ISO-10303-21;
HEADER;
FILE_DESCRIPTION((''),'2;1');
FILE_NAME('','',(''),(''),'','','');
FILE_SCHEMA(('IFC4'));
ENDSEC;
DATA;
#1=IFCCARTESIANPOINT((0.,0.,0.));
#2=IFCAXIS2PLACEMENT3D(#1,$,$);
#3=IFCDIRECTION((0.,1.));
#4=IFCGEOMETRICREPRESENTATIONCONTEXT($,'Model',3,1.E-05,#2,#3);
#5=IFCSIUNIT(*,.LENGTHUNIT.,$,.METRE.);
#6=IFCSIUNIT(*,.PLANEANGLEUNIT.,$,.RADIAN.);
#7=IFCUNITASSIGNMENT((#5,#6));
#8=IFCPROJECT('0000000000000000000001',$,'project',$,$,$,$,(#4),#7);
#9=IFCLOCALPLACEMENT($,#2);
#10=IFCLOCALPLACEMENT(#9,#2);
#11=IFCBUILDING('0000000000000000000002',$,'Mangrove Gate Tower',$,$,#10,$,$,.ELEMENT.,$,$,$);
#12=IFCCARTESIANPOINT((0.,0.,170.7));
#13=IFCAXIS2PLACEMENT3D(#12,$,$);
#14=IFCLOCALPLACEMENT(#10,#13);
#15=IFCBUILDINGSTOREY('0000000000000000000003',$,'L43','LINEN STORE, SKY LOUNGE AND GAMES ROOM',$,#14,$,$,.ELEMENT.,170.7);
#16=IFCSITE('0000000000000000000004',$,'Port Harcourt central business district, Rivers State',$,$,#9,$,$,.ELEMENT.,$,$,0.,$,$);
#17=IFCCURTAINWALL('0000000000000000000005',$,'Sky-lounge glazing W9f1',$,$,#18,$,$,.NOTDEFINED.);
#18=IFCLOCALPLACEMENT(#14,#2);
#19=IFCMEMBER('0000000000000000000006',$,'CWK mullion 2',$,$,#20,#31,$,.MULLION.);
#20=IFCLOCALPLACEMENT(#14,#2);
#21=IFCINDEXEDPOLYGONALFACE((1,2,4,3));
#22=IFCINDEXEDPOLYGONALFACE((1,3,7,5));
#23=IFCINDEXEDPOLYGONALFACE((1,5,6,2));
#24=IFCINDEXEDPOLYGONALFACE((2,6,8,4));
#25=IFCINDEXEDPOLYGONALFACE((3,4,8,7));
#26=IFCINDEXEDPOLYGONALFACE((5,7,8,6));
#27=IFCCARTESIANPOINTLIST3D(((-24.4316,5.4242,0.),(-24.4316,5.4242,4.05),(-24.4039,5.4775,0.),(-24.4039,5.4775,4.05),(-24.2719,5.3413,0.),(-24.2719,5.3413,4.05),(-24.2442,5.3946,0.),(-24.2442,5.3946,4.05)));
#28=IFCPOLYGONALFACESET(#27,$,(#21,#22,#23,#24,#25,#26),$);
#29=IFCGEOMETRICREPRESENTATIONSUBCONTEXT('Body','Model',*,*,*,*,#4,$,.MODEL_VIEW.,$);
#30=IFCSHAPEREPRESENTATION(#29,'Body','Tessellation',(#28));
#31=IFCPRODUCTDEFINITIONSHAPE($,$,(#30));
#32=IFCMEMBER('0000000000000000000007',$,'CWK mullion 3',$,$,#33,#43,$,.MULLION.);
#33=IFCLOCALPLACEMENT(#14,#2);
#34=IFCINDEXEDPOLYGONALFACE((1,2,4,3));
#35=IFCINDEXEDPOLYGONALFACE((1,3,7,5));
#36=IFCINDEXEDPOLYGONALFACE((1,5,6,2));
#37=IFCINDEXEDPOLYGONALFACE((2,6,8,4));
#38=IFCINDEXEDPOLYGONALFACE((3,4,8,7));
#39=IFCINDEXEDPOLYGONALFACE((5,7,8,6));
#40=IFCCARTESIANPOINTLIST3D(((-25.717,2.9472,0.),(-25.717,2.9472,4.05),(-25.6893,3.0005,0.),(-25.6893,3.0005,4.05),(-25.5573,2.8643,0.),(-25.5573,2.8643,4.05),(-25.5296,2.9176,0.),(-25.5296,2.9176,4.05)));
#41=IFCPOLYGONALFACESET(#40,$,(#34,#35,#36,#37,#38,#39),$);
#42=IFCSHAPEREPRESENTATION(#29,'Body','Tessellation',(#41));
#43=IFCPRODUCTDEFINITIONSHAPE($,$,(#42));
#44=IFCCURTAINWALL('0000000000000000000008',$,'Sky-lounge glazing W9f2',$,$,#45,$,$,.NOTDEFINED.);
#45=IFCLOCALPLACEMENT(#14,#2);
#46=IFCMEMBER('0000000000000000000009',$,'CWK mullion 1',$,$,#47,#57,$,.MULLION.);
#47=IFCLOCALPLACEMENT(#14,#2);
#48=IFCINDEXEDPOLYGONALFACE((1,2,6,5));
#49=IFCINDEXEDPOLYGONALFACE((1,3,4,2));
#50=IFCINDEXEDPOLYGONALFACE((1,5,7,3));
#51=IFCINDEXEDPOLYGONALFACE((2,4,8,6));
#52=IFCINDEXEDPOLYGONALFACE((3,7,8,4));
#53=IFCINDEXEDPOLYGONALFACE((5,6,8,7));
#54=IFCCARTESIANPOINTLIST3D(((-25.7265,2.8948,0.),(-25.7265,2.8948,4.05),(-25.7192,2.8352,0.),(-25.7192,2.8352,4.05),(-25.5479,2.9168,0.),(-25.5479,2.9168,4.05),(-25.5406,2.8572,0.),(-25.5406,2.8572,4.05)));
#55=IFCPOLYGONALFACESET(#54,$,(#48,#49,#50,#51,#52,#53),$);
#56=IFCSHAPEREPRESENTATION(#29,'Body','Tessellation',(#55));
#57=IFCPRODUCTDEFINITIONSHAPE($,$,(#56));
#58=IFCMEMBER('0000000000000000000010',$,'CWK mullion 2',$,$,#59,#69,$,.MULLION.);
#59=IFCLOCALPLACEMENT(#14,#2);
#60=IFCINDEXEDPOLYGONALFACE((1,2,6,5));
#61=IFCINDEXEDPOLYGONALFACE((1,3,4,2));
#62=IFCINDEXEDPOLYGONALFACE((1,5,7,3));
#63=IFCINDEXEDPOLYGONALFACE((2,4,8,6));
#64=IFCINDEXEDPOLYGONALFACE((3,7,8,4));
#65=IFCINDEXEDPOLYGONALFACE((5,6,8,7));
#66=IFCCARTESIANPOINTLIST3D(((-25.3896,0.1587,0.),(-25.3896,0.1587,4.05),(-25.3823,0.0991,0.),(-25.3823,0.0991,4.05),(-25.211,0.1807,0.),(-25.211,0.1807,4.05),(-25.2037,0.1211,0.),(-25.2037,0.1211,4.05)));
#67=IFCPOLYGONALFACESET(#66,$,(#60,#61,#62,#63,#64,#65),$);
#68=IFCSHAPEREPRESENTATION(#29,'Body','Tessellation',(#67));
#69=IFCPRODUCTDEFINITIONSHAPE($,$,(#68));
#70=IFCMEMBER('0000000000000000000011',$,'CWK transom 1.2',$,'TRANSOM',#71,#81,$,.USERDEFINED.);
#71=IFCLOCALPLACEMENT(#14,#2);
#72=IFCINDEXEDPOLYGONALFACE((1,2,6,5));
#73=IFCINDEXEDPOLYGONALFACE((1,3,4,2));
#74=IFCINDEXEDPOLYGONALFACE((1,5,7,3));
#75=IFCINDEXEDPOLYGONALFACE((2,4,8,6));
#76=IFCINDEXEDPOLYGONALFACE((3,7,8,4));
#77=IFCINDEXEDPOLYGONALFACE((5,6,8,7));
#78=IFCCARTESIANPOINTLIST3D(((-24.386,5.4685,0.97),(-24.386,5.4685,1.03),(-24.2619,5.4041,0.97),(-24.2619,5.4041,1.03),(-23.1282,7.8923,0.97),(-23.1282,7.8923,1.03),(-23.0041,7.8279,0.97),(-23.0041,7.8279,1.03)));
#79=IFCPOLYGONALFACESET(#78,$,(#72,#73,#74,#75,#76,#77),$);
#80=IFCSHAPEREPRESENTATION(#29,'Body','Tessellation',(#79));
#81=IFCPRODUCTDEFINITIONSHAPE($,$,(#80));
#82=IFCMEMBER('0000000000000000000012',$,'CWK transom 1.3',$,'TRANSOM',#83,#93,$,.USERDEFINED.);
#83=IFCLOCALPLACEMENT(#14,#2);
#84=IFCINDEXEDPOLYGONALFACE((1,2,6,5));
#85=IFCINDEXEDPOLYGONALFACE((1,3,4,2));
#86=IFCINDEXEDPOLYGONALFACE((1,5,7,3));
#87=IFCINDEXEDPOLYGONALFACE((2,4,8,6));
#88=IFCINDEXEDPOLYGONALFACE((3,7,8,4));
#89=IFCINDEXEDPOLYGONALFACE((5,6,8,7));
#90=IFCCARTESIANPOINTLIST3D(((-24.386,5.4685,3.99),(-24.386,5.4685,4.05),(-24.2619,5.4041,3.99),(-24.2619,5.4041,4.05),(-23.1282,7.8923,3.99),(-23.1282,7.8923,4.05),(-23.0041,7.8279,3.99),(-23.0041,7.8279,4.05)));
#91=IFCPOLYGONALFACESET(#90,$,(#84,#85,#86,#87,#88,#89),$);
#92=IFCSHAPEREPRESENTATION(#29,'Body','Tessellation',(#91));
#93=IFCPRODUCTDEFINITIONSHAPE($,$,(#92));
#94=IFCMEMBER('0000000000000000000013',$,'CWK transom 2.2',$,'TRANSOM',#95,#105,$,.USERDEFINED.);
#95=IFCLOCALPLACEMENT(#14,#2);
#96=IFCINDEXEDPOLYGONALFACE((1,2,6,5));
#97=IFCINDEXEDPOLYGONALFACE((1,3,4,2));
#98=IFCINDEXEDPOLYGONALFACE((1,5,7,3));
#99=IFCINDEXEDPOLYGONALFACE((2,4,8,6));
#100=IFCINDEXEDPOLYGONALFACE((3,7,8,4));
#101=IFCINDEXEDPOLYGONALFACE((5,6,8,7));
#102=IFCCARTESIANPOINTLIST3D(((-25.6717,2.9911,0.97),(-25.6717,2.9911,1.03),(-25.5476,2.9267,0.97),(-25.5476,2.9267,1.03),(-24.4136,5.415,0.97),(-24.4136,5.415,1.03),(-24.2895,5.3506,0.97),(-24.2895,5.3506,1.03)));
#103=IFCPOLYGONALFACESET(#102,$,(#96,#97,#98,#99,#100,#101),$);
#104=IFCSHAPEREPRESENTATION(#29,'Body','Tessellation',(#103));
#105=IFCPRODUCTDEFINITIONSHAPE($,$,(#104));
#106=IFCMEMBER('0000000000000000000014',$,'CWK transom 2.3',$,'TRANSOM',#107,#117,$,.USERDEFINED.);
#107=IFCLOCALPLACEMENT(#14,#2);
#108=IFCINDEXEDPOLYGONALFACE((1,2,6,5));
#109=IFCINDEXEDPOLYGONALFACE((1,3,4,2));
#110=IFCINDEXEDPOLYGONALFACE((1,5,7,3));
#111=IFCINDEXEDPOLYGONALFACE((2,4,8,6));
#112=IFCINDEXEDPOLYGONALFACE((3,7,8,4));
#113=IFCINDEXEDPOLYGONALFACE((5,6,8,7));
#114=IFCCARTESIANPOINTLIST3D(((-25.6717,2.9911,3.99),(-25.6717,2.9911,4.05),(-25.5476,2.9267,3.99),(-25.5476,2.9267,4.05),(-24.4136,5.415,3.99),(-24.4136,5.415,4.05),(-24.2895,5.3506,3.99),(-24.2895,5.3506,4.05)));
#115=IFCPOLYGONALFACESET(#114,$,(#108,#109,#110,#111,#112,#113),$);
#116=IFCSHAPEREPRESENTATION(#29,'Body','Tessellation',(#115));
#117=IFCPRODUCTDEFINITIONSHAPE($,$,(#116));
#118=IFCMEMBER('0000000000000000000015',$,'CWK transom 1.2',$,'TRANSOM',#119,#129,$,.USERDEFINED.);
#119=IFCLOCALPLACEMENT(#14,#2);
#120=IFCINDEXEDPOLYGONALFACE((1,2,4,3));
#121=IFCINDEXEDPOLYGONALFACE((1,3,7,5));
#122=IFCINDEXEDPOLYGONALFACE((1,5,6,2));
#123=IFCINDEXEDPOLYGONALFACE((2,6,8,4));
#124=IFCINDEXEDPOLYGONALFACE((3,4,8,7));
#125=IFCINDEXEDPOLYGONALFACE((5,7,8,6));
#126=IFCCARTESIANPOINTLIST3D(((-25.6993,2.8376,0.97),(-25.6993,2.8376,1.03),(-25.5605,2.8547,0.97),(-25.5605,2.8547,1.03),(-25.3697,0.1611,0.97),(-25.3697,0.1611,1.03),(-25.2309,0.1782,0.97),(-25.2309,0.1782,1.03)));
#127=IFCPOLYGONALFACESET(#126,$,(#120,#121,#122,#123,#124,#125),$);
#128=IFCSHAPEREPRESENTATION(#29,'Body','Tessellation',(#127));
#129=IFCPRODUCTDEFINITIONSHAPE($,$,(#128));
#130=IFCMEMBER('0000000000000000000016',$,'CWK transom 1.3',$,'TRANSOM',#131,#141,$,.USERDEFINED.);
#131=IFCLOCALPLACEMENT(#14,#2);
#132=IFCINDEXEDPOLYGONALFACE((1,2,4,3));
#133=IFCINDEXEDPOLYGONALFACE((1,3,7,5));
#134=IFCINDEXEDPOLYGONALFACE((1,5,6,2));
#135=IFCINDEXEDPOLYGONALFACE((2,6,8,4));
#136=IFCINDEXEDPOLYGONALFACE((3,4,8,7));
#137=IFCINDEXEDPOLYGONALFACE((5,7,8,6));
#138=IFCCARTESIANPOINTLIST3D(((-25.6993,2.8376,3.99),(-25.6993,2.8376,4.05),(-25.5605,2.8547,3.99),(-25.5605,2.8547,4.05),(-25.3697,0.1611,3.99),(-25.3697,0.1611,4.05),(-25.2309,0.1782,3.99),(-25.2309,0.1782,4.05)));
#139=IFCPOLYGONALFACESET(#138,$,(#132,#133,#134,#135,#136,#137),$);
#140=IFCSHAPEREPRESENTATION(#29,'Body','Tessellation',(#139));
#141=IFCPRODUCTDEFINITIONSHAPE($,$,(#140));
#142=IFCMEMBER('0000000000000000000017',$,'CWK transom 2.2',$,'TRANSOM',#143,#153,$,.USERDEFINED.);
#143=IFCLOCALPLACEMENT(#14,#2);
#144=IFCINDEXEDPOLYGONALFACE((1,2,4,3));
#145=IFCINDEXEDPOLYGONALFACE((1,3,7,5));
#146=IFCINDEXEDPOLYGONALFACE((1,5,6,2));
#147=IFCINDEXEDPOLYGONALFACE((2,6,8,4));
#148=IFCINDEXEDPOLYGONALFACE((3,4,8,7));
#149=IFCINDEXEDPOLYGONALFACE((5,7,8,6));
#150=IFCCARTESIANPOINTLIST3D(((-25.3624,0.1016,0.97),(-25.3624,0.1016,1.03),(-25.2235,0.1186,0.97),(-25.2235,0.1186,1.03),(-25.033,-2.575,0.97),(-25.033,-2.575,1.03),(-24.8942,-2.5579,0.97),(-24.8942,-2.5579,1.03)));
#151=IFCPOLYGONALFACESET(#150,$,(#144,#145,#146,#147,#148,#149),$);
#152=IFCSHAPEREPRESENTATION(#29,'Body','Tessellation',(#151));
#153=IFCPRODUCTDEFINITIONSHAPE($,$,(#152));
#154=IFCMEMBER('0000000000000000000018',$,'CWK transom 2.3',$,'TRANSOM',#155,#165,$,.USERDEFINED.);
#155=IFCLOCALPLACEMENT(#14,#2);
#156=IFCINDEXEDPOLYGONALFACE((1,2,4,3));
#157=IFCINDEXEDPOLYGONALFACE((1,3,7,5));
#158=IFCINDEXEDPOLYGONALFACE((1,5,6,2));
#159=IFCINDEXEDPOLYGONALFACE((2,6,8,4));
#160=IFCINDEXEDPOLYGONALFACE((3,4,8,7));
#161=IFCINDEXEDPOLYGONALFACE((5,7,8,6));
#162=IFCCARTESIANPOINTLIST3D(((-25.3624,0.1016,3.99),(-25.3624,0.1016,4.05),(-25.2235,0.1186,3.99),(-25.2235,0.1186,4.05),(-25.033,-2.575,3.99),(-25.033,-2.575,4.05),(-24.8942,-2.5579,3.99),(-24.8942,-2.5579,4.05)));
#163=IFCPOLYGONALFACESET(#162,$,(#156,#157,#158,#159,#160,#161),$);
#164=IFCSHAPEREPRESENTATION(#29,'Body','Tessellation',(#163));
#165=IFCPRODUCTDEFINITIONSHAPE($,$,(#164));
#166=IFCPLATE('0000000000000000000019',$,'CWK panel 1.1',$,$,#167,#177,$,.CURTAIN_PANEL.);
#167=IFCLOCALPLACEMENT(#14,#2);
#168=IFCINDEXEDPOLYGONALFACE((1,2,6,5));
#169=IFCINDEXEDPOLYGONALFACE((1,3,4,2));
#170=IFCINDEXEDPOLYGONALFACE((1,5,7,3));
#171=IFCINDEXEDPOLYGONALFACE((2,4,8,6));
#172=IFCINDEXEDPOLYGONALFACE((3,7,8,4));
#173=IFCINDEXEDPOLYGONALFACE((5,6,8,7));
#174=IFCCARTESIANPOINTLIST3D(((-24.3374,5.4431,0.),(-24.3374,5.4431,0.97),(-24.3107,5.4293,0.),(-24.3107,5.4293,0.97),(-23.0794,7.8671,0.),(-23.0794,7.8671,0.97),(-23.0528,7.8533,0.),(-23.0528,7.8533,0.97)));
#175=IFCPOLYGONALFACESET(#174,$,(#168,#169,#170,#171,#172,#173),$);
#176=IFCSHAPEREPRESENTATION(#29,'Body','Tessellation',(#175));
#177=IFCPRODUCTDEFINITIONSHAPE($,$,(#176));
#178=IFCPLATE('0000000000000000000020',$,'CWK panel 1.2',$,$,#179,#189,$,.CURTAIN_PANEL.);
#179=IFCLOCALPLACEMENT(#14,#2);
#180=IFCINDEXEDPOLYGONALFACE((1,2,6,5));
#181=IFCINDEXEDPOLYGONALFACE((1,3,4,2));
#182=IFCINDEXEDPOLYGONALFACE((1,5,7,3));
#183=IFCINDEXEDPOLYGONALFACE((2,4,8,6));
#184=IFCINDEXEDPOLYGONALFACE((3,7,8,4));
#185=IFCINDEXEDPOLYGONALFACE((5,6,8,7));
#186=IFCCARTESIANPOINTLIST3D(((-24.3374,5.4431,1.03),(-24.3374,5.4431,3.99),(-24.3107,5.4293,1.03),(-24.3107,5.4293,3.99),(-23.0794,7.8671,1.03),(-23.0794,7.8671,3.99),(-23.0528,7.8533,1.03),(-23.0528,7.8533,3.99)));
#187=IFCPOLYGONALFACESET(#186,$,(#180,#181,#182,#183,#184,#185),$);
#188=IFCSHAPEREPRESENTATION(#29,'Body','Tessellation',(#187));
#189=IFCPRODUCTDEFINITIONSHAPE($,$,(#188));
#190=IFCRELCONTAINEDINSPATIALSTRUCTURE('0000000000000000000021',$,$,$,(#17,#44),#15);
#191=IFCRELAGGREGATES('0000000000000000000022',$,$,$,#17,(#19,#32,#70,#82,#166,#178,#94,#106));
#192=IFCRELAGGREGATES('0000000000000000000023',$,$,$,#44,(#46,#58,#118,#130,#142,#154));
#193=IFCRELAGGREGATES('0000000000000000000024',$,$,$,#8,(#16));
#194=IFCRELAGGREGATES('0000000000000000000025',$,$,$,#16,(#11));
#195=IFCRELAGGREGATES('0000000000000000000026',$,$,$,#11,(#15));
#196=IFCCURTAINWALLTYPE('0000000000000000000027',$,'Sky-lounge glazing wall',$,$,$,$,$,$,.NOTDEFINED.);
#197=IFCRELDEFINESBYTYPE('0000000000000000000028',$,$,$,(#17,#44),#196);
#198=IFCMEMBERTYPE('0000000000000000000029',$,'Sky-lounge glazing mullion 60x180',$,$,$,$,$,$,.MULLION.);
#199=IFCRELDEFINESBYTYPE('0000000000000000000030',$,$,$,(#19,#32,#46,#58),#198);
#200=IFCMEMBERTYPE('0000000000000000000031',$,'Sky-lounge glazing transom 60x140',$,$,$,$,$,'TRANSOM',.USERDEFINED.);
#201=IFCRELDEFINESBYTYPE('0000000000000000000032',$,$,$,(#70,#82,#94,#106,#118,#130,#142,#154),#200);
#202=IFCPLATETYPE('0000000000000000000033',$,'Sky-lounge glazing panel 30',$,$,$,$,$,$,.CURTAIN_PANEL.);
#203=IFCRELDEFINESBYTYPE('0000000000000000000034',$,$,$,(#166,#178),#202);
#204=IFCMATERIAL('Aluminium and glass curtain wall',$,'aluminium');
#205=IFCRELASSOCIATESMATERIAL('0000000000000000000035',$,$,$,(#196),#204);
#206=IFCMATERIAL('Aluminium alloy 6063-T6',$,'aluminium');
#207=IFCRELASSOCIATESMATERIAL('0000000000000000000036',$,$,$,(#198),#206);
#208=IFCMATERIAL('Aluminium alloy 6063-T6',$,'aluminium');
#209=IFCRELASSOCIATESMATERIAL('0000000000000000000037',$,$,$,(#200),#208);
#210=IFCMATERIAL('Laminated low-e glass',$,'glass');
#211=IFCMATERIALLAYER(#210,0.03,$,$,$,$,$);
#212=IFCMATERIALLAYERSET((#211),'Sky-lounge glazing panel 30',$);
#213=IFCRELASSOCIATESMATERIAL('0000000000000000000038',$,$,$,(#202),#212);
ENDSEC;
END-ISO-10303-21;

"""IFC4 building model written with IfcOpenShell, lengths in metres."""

from ifc_helpers import new_model, si_unit, direction, frame, origin, origin_2d, place, context, subcontext, project, spatial, rectangle, extrude, material, layer, layer_set, material_profile, profile_set, type_object, element, aggregate, save


model = new_model("IFC4")

# Units and contexts
model_context = context("Model", 3, precision=1e-05, world=origin(), true_north=direction((0.0, 1.0)))
body_context = subcontext(model_context, "Body", "Model", "MODEL_VIEW")
ifc_project = project(units=[si_unit("LENGTHUNIT", "METRE"), si_unit("PLANEANGLEUNIT", "RADIAN")], contexts=[model_context])

# Site, building, storey
site_placement = place(None, origin())
site = spatial("IfcSite", under=ifc_project, at=site_placement, Name="Port Harcourt central business district, Rivers State", CompositionType="ELEMENT", RefElevation=0.0)
building_placement = place(site_placement, origin())
building = spatial("IfcBuilding", under=site, at=building_placement, Name="Mangrove Gate Tower", CompositionType="ELEMENT")
storey_placement = place(building_placement, frame((0.0, 0.0, 170.7)))
storey = spatial("IfcBuildingStorey", under=building, at=storey_placement, Name="L43", Description="LINEN STORE, SKY LOUNGE AND GAMES ROOM", CompositionType="ELEMENT", Elevation=170.7)

# Curtain walls, members
ifc_material_1 = material(Name="Aluminium and glass curtain wall", Category="aluminium")
curtain_wall_type = type_object("IfcCurtainWallType", Name="Sky-lounge glazing wall", PredefinedType="NOTDEFINED", material=ifc_material_1)
curtain_wall_1_placement = place(storey_placement, origin())
curtain_wall_1 = element("IfcCurtainWall", 1, at=curtain_wall_1_placement, inside=storey, type_object=curtain_wall_type, Name="Sky-lounge glazing W9f1", PredefinedType="NOTDEFINED")
ifc_material_2 = material(Name="Aluminium alloy 6063-T6", Category="aluminium")
ifc_material_profile_1 = material_profile(ifc_material_2, rectangle(XDim=0.0601, YDim=0.1799, at=origin_2d()))
ifc_profile_set_1 = profile_set([ifc_material_profile_1], Name="Aluminium alloy 6063-T6")
member_type_1 = type_object("IfcMemberType", Name="Sky-lounge glazing mullion 60x180", PredefinedType="MULLION", material=ifc_profile_set_1)
member_1_placement = place(storey_placement, frame((-24.3379, 5.4094, 0.0), z_axis=(0.0, 0.0, 1.0), x_axis=(-0.460628, -0.887593, 0.0)))
member_1 = element("IfcMember", 2, at=member_1_placement, type_object=member_type_1, Name="CWK mullion 2", PredefinedType="MULLION", context=body_context, shape_type="SweptSolid", body=[
    extrude(rectangle(XDim=0.0601, YDim=0.1799, at=origin_2d()), origin(), (0.0, 0.0, 1.0), 4.05),
])
member_2_placement = place(storey_placement, frame((-25.6233, 2.9324, 0.0), z_axis=(0.0, 0.0, 1.0), x_axis=(-0.460628, -0.887593, 0.0)))
member_2 = element("IfcMember", 3, at=member_2_placement, type_object=member_type_1, Name="CWK mullion 3", PredefinedType="MULLION", context=body_context, shape_type="SweptSolid", body=[
    extrude(rectangle(XDim=0.0601, YDim=0.1799, at=origin_2d()), origin(), (0.0, 0.0, 1.0), 4.05),
])
curtain_wall_2_placement = place(storey_placement, origin())
curtain_wall_2 = element("IfcCurtainWall", 4, at=curtain_wall_2_placement, inside=storey, type_object=curtain_wall_type, Name="Sky-lounge glazing W9f2", PredefinedType="NOTDEFINED")
member_3_placement = place(storey_placement, frame((-25.6335, 2.876, 0.0), z_axis=(0.0, 0.0, 1.0), x_axis=(0.122172, -0.992509, 0.0)))
member_3 = element("IfcMember", 5, at=member_3_placement, type_object=member_type_1, Name="CWK mullion 1", PredefinedType="MULLION", context=body_context, shape_type="SweptSolid", body=[
    extrude(rectangle(XDim=0.0601, YDim=0.1799, at=origin_2d()), origin(), (0.0, 0.0, 1.0), 4.05),
])
member_4_placement = place(storey_placement, frame((-25.2966, 0.1399, 0.0), z_axis=(0.0, 0.0, 1.0), x_axis=(0.122172, -0.992509, 0.0)))
member_4 = element("IfcMember", 6, at=member_4_placement, type_object=member_type_1, Name="CWK mullion 2", PredefinedType="MULLION", context=body_context, shape_type="SweptSolid", body=[
    extrude(rectangle(XDim=0.0601, YDim=0.1799, at=origin_2d()), origin(), (0.0, 0.0, 1.0), 4.05),
])

# Members
ifc_material_3 = material(Name="Aluminium alloy 6063-T6", Category="aluminium")
ifc_material_profile_2 = material_profile(ifc_material_3, rectangle(XDim=0.0601, YDim=0.1399, at=origin_2d()))
ifc_profile_set_2 = profile_set([ifc_material_profile_2], Name="Aluminium alloy 6063-T6")
member_type_2 = type_object("IfcMemberType", Name="Sky-lounge glazing transom 60x140", ElementType="TRANSOM", PredefinedType="USERDEFINED", material=ifc_profile_set_2)
member_5_placement = place(storey_placement, frame((-23.0662, 7.8601, 1.0), z_axis=(-0.460609, -0.887603, 0.0), x_axis=(0.0, 0.0, 1.0)))
member_5 = element("IfcMember", 7, at=member_5_placement, type_object=member_type_2, Name="CWK transom 1.2", ObjectType="TRANSOM", PredefinedType="USERDEFINED", context=body_context, shape_type="SweptSolid", body=[
    extrude(rectangle(XDim=0.0601, YDim=0.1399, at=origin_2d()), origin(), (0.0, 0.0, 1.0), 2.7307),
])
member_6_placement = place(storey_placement, frame((-23.0662, 7.8601, 4.02), z_axis=(-0.460609, -0.887603, 0.0), x_axis=(0.0, 0.0, 1.0)))
member_6 = element("IfcMember", 8, at=member_6_placement, type_object=member_type_2, Name="CWK transom 1.3", ObjectType="TRANSOM", PredefinedType="USERDEFINED", context=body_context, shape_type="SweptSolid", body=[
    extrude(rectangle(XDim=0.0601, YDim=0.1399, at=origin_2d()), origin(), (0.0, 0.0, 1.0), 2.7307),
])
member_7_placement = place(storey_placement, frame((-24.3516, 5.3828, 1.0), z_axis=(-0.46068, -0.887566, 0.0), x_axis=(0.0, 0.0, 1.0)))
member_7 = element("IfcMember", 9, at=member_7_placement, type_object=member_type_2, Name="CWK transom 2.2", ObjectType="TRANSOM", PredefinedType="USERDEFINED", context=body_context, shape_type="SweptSolid", body=[
    extrude(rectangle(XDim=0.0601, YDim=0.1399, at=origin_2d()), origin(), (0.0, 0.0, 1.0), 2.731),
])
member_8_placement = place(storey_placement, frame((-24.3516, 5.3828, 4.02), z_axis=(-0.46068, -0.887566, 0.0), x_axis=(0.0, 0.0, 1.0)))
member_8 = element("IfcMember", 10, at=member_8_placement, type_object=member_type_2, Name="CWK transom 2.3", ObjectType="TRANSOM", PredefinedType="USERDEFINED", context=body_context, shape_type="SweptSolid", body=[
    extrude(rectangle(XDim=0.0601, YDim=0.1399, at=origin_2d()), origin(), (0.0, 0.0, 1.0), 2.731),
])
member_9_placement = place(storey_placement, frame((-25.6299, 2.8462, 1.0), z_axis=(0.122218, -0.992503, 0.0), x_axis=(0.0, 0.0, 1.0)))
member_9 = element("IfcMember", 11, at=member_9_placement, type_object=member_type_2, Name="CWK transom 1.2", ObjectType="TRANSOM", PredefinedType="USERDEFINED", context=body_context, shape_type="SweptSolid", body=[
    extrude(rectangle(XDim=0.0601, YDim=0.1399, at=origin_2d()), origin(), (0.0, 0.0, 1.0), 2.6968),
])
member_10_placement = place(storey_placement, frame((-25.6299, 2.8462, 4.02), z_axis=(0.122218, -0.992503, 0.0), x_axis=(0.0, 0.0, 1.0)))
member_10 = element("IfcMember", 12, at=member_10_placement, type_object=member_type_2, Name="CWK transom 1.3", ObjectType="TRANSOM", PredefinedType="USERDEFINED", context=body_context, shape_type="SweptSolid", body=[
    extrude(rectangle(XDim=0.0601, YDim=0.1399, at=origin_2d()), origin(), (0.0, 0.0, 1.0), 2.6968),
])
member_11_placement = place(storey_placement, frame((-25.293, 0.1101, 1.0), z_axis=(0.122129, -0.992514, 0.0), x_axis=(0.0, 0.0, 1.0)))
member_11 = element("IfcMember", 13, at=member_11_placement, type_object=member_type_2, Name="CWK transom 2.2", ObjectType="TRANSOM", PredefinedType="USERDEFINED", context=body_context, shape_type="SweptSolid", body=[
    extrude(rectangle(XDim=0.0601, YDim=0.1399, at=origin_2d()), origin(), (0.0, 0.0, 1.0), 2.6968),
])
member_12_placement = place(storey_placement, frame((-25.293, 0.1101, 4.02), z_axis=(0.122129, -0.992514, 0.0), x_axis=(0.0, 0.0, 1.0)))
member_12 = element("IfcMember", 14, at=member_12_placement, type_object=member_type_2, Name="CWK transom 2.3", ObjectType="TRANSOM", PredefinedType="USERDEFINED", context=body_context, shape_type="SweptSolid", body=[
    extrude(rectangle(XDim=0.0601, YDim=0.1399, at=origin_2d()), origin(), (0.0, 0.0, 1.0), 2.6968),
])

# Plates
ifc_material_4 = material(Name="Laminated low-e glass", Category="glass")
ifc_layer_1 = layer(ifc_material_4, 0.03)
ifc_layer_set_1 = layer_set([ifc_layer_1], Name="Sky-lounge glazing panel 30")
plate_type = type_object("IfcPlateType", Name="Sky-lounge glazing panel 30", PredefinedType="CURTAIN_PANEL", material=ifc_layer_set_1)
plate_1_placement = place(storey_placement, frame((-23.6951, 6.6482, 0.0), z_axis=(0.0, 0.0, 1.0), x_axis=(-0.460628, -0.887593, 0.0)))
plate_1 = element("IfcPlate", 15, at=plate_1_placement, type_object=plate_type, Name="CWK panel 1.1", PredefinedType="CURTAIN_PANEL", context=body_context, shape_type="SweptSolid", body=[
    extrude(rectangle(XDim=2.731, YDim=0.03, at=origin_2d()), origin(), (0.0, 0.0, 1.0), 0.97),
])
plate_2_placement = place(storey_placement, frame((-23.6951, 6.6482, 1.03), z_axis=(0.0, 0.0, 1.0), x_axis=(-0.460628, -0.887593, 0.0)))
plate_2 = element("IfcPlate", 16, at=plate_2_placement, type_object=plate_type, Name="CWK panel 1.2", PredefinedType="CURTAIN_PANEL", context=body_context, shape_type="SweptSolid", body=[
    extrude(rectangle(XDim=2.731, YDim=0.03, at=origin_2d()), origin(), (0.0, 0.0, 1.0), 2.96),
])
aggregate(curtain_wall_1, [member_1, member_2, member_5, member_6, plate_1, plate_2, member_7, member_8])
aggregate(curtain_wall_2, [member_3, member_4, member_9, member_10, member_11, member_12])

save(model, "model.ifc")
